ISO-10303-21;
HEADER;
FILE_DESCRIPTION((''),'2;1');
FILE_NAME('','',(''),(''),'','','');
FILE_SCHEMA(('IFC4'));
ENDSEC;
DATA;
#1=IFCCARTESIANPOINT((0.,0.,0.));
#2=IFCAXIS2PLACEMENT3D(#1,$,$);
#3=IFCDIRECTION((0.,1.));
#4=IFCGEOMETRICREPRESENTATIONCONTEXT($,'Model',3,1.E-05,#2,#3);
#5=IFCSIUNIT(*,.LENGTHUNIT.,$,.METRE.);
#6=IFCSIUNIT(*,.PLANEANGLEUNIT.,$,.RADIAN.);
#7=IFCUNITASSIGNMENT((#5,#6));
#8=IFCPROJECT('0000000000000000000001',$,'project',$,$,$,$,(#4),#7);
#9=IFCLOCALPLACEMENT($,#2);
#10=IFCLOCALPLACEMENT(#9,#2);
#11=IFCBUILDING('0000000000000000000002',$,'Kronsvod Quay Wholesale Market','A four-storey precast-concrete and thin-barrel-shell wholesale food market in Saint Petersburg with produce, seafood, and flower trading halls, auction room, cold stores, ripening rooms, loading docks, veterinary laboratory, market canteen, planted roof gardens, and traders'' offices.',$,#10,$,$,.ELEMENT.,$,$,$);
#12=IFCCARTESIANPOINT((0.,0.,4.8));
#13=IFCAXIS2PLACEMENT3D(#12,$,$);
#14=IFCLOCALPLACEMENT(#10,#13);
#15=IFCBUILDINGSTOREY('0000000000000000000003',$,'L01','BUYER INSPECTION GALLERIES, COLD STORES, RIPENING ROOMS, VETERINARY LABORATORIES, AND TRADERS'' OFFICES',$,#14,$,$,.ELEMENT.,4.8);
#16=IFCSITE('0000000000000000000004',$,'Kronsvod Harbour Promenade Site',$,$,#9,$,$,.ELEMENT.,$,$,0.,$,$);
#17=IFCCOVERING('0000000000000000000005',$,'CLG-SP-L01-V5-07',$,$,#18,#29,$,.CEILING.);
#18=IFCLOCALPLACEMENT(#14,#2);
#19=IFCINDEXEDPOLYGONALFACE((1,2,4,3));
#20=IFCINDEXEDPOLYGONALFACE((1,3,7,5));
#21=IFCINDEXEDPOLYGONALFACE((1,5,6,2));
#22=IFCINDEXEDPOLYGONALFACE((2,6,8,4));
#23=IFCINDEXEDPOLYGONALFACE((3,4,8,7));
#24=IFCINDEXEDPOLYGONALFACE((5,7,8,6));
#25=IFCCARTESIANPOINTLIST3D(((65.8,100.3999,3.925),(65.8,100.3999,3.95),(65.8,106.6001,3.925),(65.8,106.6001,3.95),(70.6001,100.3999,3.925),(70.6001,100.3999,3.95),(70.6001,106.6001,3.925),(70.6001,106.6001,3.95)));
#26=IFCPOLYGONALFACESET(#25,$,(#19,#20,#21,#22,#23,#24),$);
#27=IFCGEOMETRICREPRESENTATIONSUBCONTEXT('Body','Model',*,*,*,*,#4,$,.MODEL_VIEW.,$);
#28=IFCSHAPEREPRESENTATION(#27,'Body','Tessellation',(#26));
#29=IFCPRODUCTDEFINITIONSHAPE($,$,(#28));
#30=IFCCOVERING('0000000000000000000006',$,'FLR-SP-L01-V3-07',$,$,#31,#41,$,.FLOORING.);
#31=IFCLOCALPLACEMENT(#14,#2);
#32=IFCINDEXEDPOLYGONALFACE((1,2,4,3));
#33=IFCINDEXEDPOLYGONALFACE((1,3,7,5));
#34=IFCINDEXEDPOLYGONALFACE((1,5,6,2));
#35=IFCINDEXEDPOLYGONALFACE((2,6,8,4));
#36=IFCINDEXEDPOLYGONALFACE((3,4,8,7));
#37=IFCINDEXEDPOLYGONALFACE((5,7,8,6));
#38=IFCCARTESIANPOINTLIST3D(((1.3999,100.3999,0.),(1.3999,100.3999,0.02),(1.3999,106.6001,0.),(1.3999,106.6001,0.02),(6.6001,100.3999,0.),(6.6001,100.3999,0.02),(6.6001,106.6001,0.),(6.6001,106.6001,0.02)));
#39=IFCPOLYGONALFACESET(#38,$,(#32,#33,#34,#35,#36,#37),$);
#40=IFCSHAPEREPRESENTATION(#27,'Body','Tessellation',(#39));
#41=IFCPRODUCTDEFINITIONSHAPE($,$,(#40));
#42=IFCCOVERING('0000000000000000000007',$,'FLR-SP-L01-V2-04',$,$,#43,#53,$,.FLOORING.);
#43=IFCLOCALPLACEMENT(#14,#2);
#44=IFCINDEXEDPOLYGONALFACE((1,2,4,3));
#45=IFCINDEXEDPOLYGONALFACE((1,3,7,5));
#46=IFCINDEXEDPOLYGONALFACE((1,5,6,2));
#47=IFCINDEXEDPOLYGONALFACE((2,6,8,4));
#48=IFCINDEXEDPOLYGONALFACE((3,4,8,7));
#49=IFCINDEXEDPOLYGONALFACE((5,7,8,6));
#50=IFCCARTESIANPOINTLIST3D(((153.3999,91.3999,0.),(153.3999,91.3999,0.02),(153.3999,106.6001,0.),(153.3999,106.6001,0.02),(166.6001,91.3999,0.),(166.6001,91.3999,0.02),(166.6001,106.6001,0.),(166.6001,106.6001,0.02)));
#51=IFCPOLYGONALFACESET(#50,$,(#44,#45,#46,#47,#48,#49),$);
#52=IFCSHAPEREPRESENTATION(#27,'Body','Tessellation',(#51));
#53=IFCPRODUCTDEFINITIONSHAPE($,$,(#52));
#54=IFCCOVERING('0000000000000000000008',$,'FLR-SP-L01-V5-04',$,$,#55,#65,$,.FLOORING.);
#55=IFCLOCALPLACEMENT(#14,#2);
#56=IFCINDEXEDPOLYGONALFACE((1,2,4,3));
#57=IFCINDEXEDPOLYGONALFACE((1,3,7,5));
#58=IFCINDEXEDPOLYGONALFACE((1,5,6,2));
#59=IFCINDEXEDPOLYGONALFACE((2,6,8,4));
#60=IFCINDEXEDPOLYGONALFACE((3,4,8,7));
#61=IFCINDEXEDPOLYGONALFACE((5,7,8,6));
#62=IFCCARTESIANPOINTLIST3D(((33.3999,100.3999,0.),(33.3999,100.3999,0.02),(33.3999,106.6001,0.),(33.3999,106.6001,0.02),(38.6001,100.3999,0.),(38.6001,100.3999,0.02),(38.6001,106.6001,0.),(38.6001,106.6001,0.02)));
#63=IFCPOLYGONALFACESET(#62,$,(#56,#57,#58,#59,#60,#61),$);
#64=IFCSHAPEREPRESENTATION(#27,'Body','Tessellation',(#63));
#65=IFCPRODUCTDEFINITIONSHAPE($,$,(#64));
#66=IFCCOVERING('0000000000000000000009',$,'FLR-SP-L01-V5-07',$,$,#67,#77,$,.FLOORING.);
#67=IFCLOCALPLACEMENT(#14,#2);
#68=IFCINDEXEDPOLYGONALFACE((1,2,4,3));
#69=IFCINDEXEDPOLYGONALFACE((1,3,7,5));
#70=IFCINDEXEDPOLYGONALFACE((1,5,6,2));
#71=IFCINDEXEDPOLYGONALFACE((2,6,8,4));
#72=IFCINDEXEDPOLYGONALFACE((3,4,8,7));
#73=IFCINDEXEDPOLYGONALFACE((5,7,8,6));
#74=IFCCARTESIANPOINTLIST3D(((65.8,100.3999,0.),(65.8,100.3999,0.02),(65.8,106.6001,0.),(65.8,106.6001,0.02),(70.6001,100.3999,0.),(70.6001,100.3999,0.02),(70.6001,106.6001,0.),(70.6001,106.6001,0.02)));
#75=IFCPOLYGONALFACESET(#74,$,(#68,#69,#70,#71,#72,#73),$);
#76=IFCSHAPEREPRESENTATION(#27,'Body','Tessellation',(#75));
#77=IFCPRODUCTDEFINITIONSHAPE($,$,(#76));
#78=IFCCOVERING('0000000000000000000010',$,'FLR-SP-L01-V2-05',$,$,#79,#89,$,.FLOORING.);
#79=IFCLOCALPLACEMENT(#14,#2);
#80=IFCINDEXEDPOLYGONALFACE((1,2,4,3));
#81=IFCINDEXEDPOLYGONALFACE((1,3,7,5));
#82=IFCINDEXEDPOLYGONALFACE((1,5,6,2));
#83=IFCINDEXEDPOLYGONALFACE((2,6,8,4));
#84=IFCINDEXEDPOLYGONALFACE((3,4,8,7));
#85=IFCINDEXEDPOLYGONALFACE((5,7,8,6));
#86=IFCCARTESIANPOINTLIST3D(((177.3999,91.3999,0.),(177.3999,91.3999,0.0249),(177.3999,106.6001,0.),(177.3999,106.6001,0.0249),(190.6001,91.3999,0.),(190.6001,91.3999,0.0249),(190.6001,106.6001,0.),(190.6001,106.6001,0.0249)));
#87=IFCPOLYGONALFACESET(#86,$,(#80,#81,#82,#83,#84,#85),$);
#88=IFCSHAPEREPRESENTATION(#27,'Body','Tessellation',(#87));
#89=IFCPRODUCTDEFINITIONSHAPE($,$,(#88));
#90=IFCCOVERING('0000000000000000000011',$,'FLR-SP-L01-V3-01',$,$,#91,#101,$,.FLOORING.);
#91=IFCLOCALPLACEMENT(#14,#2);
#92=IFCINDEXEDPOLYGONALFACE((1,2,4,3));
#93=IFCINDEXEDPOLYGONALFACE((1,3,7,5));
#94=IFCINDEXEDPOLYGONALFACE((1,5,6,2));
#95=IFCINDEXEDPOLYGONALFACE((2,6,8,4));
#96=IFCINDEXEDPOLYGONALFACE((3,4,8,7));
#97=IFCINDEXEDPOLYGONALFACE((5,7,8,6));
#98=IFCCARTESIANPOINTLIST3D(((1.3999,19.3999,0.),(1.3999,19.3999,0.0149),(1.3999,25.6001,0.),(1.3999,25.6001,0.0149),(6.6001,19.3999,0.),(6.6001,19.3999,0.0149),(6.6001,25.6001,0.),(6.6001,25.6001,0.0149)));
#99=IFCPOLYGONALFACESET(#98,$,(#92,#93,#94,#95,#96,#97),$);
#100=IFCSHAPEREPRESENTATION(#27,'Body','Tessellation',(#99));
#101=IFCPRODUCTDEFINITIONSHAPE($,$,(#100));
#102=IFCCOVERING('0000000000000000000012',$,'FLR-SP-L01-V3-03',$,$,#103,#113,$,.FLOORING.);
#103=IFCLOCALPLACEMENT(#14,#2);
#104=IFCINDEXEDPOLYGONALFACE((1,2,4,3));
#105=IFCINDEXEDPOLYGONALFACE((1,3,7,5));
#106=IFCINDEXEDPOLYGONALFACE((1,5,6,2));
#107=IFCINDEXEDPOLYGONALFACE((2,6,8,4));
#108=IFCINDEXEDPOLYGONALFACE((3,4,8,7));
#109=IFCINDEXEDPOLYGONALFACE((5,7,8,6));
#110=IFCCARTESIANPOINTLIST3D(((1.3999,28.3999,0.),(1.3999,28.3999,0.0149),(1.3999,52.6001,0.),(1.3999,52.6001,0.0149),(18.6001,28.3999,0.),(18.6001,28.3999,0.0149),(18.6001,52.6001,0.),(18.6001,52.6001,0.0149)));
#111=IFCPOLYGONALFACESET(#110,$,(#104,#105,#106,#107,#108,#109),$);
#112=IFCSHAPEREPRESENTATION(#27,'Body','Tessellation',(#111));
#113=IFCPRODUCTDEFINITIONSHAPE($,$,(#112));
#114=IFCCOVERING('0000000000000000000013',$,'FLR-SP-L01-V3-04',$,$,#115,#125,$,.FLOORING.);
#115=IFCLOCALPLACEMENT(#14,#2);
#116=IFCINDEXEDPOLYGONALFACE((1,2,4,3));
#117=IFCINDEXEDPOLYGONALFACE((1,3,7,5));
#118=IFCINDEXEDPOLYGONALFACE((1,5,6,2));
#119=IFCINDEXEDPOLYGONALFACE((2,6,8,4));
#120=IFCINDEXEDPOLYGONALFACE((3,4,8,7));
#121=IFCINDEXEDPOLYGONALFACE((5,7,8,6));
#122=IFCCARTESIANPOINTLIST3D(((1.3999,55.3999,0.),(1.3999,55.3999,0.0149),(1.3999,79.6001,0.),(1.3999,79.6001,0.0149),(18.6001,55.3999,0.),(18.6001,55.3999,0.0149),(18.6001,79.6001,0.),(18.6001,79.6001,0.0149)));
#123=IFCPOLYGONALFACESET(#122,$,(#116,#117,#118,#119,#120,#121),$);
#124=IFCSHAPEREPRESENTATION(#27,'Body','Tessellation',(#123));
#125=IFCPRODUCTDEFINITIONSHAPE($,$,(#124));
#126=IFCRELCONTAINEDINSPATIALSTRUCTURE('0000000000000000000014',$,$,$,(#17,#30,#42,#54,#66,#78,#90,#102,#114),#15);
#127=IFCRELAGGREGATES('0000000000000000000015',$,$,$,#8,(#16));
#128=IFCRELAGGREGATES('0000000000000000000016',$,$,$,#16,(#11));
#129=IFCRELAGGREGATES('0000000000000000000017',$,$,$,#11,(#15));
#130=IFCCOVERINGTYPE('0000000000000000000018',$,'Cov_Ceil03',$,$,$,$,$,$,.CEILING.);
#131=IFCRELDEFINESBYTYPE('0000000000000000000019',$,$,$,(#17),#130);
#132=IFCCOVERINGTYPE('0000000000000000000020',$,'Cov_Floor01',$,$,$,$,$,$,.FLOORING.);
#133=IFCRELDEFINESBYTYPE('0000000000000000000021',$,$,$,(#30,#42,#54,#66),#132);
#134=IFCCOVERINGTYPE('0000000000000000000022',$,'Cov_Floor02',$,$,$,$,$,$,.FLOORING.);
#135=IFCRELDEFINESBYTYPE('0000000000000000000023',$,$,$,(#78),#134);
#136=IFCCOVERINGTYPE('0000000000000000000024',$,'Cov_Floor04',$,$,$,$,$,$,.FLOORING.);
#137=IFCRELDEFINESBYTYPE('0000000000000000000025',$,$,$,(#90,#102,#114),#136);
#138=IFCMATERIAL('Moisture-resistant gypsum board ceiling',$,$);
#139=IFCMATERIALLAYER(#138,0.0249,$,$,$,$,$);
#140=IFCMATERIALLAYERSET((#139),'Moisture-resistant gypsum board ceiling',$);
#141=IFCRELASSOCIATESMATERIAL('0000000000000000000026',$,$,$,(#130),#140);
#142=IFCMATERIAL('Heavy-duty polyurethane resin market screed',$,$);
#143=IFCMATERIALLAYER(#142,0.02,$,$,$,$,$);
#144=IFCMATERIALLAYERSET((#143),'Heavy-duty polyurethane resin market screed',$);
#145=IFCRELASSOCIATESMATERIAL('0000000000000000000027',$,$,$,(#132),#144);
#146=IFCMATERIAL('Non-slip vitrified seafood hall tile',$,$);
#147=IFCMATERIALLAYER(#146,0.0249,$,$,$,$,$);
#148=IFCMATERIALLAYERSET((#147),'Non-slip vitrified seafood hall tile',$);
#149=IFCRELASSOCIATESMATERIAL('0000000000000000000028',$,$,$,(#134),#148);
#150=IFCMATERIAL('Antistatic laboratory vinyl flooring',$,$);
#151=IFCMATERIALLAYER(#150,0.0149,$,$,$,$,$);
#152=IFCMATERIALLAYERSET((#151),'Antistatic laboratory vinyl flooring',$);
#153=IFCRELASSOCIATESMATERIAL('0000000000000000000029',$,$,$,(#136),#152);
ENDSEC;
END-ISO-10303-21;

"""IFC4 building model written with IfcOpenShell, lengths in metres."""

from ifc_helpers import new_model, si_unit, direction, frame, origin, place, context, subcontext, project, spatial, polyline, outline, extrude, material, layer, layer_set, type_object, element, save


model = new_model("IFC4")

# Units and contexts
model_context = context("Model", 3, precision=1e-05, world=origin(), true_north=direction((0.0, 1.0)))
body_context = subcontext(model_context, "Body", "Model", "MODEL_VIEW")
ifc_project = project(units=[si_unit("LENGTHUNIT", "METRE"), si_unit("PLANEANGLEUNIT", "RADIAN")], contexts=[model_context])

# Site, building, storey
site_placement = place(None, origin())
site = spatial("IfcSite", under=ifc_project, at=site_placement, Name="Kronsvod Harbour Promenade Site", CompositionType="ELEMENT", RefElevation=0.0)
building_placement = place(site_placement, origin())
building = spatial("IfcBuilding", under=site, at=building_placement, Name="Kronsvod Quay Wholesale Market", Description="A four-storey precast-concrete and thin-barrel-shell wholesale food market in Saint Petersburg with produce, seafood, and flower trading halls, auction room, cold stores, ripening rooms, loading docks, veterinary laboratory, market canteen, planted roof gardens, and traders' offices.", CompositionType="ELEMENT")
storey_placement = place(building_placement, frame((0.0, 0.0, 4.8)))
storey = spatial("IfcBuildingStorey", under=building, at=storey_placement, Name="L01", Description="BUYER INSPECTION GALLERIES, COLD STORES, RIPENING ROOMS, VETERINARY LABORATORIES, AND TRADERS' OFFICES", CompositionType="ELEMENT", Elevation=4.8)

# Coverings
ifc_material_1 = material(Name="Moisture-resistant gypsum board ceiling")
ifc_layer_1 = layer(ifc_material_1, 0.0249)
ifc_layer_set_1 = layer_set([ifc_layer_1], Name="Moisture-resistant gypsum board ceiling")
covering_type_1 = type_object("IfcCoveringType", Name="Cov_Ceil03", PredefinedType="CEILING", material=ifc_layer_set_1)
covering_1_placement = place(storey_placement, frame((0.0, 0.0, 3.925)))
element("IfcCovering", 1, at=covering_1_placement, inside=storey, type_object=covering_type_1, Name="CLG-SP-L01-V5-07", PredefinedType="CEILING", context=body_context, shape_type="SweptSolid", body=[
    extrude(outline(polyline([(65.8, 100.3999), (70.6001, 100.3999), (70.6001, 106.6001), (65.8, 106.6001), (65.8, 100.3999)])), origin(), (0.0, 0.0, 1.0), 0.0249),
])
ifc_material_2 = material(Name="Heavy-duty polyurethane resin market screed")
ifc_layer_2 = layer(ifc_material_2, 0.02)
ifc_layer_set_2 = layer_set([ifc_layer_2], Name="Heavy-duty polyurethane resin market screed")
covering_type_2 = type_object("IfcCoveringType", Name="Cov_Floor01", PredefinedType="FLOORING", material=ifc_layer_set_2)
covering_2_placement = place(storey_placement, origin())
element("IfcCovering", 2, at=covering_2_placement, inside=storey, type_object=covering_type_2, Name="FLR-SP-L01-V3-07", PredefinedType="FLOORING", context=body_context, shape_type="SweptSolid", body=[
    extrude(outline(polyline([(1.3999, 100.3999), (6.6001, 100.3999), (6.6001, 106.6001), (1.3999, 106.6001), (1.3999, 100.3999)])), origin(), (0.0, 0.0, 1.0), 0.02),
])
covering_3_placement = place(storey_placement, origin())
element("IfcCovering", 3, at=covering_3_placement, inside=storey, type_object=covering_type_2, Name="FLR-SP-L01-V2-04", PredefinedType="FLOORING", context=body_context, shape_type="SweptSolid", body=[
    extrude(outline(polyline([(153.3999, 91.3999), (166.6001, 91.3999), (166.6001, 106.6001), (153.3999, 106.6001), (153.3999, 91.3999)])), origin(), (0.0, 0.0, 1.0), 0.02),
])
covering_4_placement = place(storey_placement, origin())
element("IfcCovering", 4, at=covering_4_placement, inside=storey, type_object=covering_type_2, Name="FLR-SP-L01-V5-04", PredefinedType="FLOORING", context=body_context, shape_type="SweptSolid", body=[
    extrude(outline(polyline([(33.3999, 100.3999), (38.6001, 100.3999), (38.6001, 106.6001), (33.3999, 106.6001), (33.3999, 100.3999)])), origin(), (0.0, 0.0, 1.0), 0.02),
])
covering_5_placement = place(storey_placement, origin())
element("IfcCovering", 5, at=covering_5_placement, inside=storey, type_object=covering_type_2, Name="FLR-SP-L01-V5-07", PredefinedType="FLOORING", context=body_context, shape_type="SweptSolid", body=[
    extrude(outline(polyline([(65.8, 100.3999), (70.6001, 100.3999), (70.6001, 106.6001), (65.8, 106.6001), (65.8, 100.3999)])), origin(), (0.0, 0.0, 1.0), 0.02),
])
ifc_material_3 = material(Name="Non-slip vitrified seafood hall tile")
ifc_layer_3 = layer(ifc_material_3, 0.0249)
ifc_layer_set_3 = layer_set([ifc_layer_3], Name="Non-slip vitrified seafood hall tile")
covering_type_3 = type_object("IfcCoveringType", Name="Cov_Floor02", PredefinedType="FLOORING", material=ifc_layer_set_3)
covering_6_placement = place(storey_placement, origin())
element("IfcCovering", 6, at=covering_6_placement, inside=storey, type_object=covering_type_3, Name="FLR-SP-L01-V2-05", PredefinedType="FLOORING", context=body_context, shape_type="SweptSolid", body=[
    extrude(outline(polyline([(177.3999, 91.3999), (190.6001, 91.3999), (190.6001, 106.6001), (177.3999, 106.6001), (177.3999, 91.3999)])), origin(), (0.0, 0.0, 1.0), 0.0249),
])
ifc_material_4 = material(Name="Antistatic laboratory vinyl flooring")
ifc_layer_4 = layer(ifc_material_4, 0.0149)
ifc_layer_set_4 = layer_set([ifc_layer_4], Name="Antistatic laboratory vinyl flooring")
covering_type_4 = type_object("IfcCoveringType", Name="Cov_Floor04", PredefinedType="FLOORING", material=ifc_layer_set_4)
covering_7_placement = place(storey_placement, origin())
element("IfcCovering", 7, at=covering_7_placement, inside=storey, type_object=covering_type_4, Name="FLR-SP-L01-V3-01", PredefinedType="FLOORING", context=body_context, shape_type="SweptSolid", body=[
    extrude(outline(polyline([(1.3999, 19.3999), (6.6001, 19.3999), (6.6001, 25.6001), (1.3999, 25.6001), (1.3999, 19.3999)])), origin(), (0.0, 0.0, 1.0), 0.0149),
])
covering_8_placement = place(storey_placement, origin())
element("IfcCovering", 8, at=covering_8_placement, inside=storey, type_object=covering_type_4, Name="FLR-SP-L01-V3-03", PredefinedType="FLOORING", context=body_context, shape_type="SweptSolid", body=[
    extrude(outline(polyline([(1.3999, 28.3999), (18.6001, 28.3999), (18.6001, 52.6001), (1.3999, 52.6001), (1.3999, 28.3999)])), origin(), (0.0, 0.0, 1.0), 0.0149),
])
covering_9_placement = place(storey_placement, origin())
element("IfcCovering", 9, at=covering_9_placement, inside=storey, type_object=covering_type_4, Name="FLR-SP-L01-V3-04", PredefinedType="FLOORING", context=body_context, shape_type="SweptSolid", body=[
    extrude(outline(polyline([(1.3999, 55.3999), (18.6001, 55.3999), (18.6001, 79.6001), (1.3999, 79.6001), (1.3999, 55.3999)])), origin(), (0.0, 0.0, 1.0), 0.0149),
])

save(model, "model.ifc")
